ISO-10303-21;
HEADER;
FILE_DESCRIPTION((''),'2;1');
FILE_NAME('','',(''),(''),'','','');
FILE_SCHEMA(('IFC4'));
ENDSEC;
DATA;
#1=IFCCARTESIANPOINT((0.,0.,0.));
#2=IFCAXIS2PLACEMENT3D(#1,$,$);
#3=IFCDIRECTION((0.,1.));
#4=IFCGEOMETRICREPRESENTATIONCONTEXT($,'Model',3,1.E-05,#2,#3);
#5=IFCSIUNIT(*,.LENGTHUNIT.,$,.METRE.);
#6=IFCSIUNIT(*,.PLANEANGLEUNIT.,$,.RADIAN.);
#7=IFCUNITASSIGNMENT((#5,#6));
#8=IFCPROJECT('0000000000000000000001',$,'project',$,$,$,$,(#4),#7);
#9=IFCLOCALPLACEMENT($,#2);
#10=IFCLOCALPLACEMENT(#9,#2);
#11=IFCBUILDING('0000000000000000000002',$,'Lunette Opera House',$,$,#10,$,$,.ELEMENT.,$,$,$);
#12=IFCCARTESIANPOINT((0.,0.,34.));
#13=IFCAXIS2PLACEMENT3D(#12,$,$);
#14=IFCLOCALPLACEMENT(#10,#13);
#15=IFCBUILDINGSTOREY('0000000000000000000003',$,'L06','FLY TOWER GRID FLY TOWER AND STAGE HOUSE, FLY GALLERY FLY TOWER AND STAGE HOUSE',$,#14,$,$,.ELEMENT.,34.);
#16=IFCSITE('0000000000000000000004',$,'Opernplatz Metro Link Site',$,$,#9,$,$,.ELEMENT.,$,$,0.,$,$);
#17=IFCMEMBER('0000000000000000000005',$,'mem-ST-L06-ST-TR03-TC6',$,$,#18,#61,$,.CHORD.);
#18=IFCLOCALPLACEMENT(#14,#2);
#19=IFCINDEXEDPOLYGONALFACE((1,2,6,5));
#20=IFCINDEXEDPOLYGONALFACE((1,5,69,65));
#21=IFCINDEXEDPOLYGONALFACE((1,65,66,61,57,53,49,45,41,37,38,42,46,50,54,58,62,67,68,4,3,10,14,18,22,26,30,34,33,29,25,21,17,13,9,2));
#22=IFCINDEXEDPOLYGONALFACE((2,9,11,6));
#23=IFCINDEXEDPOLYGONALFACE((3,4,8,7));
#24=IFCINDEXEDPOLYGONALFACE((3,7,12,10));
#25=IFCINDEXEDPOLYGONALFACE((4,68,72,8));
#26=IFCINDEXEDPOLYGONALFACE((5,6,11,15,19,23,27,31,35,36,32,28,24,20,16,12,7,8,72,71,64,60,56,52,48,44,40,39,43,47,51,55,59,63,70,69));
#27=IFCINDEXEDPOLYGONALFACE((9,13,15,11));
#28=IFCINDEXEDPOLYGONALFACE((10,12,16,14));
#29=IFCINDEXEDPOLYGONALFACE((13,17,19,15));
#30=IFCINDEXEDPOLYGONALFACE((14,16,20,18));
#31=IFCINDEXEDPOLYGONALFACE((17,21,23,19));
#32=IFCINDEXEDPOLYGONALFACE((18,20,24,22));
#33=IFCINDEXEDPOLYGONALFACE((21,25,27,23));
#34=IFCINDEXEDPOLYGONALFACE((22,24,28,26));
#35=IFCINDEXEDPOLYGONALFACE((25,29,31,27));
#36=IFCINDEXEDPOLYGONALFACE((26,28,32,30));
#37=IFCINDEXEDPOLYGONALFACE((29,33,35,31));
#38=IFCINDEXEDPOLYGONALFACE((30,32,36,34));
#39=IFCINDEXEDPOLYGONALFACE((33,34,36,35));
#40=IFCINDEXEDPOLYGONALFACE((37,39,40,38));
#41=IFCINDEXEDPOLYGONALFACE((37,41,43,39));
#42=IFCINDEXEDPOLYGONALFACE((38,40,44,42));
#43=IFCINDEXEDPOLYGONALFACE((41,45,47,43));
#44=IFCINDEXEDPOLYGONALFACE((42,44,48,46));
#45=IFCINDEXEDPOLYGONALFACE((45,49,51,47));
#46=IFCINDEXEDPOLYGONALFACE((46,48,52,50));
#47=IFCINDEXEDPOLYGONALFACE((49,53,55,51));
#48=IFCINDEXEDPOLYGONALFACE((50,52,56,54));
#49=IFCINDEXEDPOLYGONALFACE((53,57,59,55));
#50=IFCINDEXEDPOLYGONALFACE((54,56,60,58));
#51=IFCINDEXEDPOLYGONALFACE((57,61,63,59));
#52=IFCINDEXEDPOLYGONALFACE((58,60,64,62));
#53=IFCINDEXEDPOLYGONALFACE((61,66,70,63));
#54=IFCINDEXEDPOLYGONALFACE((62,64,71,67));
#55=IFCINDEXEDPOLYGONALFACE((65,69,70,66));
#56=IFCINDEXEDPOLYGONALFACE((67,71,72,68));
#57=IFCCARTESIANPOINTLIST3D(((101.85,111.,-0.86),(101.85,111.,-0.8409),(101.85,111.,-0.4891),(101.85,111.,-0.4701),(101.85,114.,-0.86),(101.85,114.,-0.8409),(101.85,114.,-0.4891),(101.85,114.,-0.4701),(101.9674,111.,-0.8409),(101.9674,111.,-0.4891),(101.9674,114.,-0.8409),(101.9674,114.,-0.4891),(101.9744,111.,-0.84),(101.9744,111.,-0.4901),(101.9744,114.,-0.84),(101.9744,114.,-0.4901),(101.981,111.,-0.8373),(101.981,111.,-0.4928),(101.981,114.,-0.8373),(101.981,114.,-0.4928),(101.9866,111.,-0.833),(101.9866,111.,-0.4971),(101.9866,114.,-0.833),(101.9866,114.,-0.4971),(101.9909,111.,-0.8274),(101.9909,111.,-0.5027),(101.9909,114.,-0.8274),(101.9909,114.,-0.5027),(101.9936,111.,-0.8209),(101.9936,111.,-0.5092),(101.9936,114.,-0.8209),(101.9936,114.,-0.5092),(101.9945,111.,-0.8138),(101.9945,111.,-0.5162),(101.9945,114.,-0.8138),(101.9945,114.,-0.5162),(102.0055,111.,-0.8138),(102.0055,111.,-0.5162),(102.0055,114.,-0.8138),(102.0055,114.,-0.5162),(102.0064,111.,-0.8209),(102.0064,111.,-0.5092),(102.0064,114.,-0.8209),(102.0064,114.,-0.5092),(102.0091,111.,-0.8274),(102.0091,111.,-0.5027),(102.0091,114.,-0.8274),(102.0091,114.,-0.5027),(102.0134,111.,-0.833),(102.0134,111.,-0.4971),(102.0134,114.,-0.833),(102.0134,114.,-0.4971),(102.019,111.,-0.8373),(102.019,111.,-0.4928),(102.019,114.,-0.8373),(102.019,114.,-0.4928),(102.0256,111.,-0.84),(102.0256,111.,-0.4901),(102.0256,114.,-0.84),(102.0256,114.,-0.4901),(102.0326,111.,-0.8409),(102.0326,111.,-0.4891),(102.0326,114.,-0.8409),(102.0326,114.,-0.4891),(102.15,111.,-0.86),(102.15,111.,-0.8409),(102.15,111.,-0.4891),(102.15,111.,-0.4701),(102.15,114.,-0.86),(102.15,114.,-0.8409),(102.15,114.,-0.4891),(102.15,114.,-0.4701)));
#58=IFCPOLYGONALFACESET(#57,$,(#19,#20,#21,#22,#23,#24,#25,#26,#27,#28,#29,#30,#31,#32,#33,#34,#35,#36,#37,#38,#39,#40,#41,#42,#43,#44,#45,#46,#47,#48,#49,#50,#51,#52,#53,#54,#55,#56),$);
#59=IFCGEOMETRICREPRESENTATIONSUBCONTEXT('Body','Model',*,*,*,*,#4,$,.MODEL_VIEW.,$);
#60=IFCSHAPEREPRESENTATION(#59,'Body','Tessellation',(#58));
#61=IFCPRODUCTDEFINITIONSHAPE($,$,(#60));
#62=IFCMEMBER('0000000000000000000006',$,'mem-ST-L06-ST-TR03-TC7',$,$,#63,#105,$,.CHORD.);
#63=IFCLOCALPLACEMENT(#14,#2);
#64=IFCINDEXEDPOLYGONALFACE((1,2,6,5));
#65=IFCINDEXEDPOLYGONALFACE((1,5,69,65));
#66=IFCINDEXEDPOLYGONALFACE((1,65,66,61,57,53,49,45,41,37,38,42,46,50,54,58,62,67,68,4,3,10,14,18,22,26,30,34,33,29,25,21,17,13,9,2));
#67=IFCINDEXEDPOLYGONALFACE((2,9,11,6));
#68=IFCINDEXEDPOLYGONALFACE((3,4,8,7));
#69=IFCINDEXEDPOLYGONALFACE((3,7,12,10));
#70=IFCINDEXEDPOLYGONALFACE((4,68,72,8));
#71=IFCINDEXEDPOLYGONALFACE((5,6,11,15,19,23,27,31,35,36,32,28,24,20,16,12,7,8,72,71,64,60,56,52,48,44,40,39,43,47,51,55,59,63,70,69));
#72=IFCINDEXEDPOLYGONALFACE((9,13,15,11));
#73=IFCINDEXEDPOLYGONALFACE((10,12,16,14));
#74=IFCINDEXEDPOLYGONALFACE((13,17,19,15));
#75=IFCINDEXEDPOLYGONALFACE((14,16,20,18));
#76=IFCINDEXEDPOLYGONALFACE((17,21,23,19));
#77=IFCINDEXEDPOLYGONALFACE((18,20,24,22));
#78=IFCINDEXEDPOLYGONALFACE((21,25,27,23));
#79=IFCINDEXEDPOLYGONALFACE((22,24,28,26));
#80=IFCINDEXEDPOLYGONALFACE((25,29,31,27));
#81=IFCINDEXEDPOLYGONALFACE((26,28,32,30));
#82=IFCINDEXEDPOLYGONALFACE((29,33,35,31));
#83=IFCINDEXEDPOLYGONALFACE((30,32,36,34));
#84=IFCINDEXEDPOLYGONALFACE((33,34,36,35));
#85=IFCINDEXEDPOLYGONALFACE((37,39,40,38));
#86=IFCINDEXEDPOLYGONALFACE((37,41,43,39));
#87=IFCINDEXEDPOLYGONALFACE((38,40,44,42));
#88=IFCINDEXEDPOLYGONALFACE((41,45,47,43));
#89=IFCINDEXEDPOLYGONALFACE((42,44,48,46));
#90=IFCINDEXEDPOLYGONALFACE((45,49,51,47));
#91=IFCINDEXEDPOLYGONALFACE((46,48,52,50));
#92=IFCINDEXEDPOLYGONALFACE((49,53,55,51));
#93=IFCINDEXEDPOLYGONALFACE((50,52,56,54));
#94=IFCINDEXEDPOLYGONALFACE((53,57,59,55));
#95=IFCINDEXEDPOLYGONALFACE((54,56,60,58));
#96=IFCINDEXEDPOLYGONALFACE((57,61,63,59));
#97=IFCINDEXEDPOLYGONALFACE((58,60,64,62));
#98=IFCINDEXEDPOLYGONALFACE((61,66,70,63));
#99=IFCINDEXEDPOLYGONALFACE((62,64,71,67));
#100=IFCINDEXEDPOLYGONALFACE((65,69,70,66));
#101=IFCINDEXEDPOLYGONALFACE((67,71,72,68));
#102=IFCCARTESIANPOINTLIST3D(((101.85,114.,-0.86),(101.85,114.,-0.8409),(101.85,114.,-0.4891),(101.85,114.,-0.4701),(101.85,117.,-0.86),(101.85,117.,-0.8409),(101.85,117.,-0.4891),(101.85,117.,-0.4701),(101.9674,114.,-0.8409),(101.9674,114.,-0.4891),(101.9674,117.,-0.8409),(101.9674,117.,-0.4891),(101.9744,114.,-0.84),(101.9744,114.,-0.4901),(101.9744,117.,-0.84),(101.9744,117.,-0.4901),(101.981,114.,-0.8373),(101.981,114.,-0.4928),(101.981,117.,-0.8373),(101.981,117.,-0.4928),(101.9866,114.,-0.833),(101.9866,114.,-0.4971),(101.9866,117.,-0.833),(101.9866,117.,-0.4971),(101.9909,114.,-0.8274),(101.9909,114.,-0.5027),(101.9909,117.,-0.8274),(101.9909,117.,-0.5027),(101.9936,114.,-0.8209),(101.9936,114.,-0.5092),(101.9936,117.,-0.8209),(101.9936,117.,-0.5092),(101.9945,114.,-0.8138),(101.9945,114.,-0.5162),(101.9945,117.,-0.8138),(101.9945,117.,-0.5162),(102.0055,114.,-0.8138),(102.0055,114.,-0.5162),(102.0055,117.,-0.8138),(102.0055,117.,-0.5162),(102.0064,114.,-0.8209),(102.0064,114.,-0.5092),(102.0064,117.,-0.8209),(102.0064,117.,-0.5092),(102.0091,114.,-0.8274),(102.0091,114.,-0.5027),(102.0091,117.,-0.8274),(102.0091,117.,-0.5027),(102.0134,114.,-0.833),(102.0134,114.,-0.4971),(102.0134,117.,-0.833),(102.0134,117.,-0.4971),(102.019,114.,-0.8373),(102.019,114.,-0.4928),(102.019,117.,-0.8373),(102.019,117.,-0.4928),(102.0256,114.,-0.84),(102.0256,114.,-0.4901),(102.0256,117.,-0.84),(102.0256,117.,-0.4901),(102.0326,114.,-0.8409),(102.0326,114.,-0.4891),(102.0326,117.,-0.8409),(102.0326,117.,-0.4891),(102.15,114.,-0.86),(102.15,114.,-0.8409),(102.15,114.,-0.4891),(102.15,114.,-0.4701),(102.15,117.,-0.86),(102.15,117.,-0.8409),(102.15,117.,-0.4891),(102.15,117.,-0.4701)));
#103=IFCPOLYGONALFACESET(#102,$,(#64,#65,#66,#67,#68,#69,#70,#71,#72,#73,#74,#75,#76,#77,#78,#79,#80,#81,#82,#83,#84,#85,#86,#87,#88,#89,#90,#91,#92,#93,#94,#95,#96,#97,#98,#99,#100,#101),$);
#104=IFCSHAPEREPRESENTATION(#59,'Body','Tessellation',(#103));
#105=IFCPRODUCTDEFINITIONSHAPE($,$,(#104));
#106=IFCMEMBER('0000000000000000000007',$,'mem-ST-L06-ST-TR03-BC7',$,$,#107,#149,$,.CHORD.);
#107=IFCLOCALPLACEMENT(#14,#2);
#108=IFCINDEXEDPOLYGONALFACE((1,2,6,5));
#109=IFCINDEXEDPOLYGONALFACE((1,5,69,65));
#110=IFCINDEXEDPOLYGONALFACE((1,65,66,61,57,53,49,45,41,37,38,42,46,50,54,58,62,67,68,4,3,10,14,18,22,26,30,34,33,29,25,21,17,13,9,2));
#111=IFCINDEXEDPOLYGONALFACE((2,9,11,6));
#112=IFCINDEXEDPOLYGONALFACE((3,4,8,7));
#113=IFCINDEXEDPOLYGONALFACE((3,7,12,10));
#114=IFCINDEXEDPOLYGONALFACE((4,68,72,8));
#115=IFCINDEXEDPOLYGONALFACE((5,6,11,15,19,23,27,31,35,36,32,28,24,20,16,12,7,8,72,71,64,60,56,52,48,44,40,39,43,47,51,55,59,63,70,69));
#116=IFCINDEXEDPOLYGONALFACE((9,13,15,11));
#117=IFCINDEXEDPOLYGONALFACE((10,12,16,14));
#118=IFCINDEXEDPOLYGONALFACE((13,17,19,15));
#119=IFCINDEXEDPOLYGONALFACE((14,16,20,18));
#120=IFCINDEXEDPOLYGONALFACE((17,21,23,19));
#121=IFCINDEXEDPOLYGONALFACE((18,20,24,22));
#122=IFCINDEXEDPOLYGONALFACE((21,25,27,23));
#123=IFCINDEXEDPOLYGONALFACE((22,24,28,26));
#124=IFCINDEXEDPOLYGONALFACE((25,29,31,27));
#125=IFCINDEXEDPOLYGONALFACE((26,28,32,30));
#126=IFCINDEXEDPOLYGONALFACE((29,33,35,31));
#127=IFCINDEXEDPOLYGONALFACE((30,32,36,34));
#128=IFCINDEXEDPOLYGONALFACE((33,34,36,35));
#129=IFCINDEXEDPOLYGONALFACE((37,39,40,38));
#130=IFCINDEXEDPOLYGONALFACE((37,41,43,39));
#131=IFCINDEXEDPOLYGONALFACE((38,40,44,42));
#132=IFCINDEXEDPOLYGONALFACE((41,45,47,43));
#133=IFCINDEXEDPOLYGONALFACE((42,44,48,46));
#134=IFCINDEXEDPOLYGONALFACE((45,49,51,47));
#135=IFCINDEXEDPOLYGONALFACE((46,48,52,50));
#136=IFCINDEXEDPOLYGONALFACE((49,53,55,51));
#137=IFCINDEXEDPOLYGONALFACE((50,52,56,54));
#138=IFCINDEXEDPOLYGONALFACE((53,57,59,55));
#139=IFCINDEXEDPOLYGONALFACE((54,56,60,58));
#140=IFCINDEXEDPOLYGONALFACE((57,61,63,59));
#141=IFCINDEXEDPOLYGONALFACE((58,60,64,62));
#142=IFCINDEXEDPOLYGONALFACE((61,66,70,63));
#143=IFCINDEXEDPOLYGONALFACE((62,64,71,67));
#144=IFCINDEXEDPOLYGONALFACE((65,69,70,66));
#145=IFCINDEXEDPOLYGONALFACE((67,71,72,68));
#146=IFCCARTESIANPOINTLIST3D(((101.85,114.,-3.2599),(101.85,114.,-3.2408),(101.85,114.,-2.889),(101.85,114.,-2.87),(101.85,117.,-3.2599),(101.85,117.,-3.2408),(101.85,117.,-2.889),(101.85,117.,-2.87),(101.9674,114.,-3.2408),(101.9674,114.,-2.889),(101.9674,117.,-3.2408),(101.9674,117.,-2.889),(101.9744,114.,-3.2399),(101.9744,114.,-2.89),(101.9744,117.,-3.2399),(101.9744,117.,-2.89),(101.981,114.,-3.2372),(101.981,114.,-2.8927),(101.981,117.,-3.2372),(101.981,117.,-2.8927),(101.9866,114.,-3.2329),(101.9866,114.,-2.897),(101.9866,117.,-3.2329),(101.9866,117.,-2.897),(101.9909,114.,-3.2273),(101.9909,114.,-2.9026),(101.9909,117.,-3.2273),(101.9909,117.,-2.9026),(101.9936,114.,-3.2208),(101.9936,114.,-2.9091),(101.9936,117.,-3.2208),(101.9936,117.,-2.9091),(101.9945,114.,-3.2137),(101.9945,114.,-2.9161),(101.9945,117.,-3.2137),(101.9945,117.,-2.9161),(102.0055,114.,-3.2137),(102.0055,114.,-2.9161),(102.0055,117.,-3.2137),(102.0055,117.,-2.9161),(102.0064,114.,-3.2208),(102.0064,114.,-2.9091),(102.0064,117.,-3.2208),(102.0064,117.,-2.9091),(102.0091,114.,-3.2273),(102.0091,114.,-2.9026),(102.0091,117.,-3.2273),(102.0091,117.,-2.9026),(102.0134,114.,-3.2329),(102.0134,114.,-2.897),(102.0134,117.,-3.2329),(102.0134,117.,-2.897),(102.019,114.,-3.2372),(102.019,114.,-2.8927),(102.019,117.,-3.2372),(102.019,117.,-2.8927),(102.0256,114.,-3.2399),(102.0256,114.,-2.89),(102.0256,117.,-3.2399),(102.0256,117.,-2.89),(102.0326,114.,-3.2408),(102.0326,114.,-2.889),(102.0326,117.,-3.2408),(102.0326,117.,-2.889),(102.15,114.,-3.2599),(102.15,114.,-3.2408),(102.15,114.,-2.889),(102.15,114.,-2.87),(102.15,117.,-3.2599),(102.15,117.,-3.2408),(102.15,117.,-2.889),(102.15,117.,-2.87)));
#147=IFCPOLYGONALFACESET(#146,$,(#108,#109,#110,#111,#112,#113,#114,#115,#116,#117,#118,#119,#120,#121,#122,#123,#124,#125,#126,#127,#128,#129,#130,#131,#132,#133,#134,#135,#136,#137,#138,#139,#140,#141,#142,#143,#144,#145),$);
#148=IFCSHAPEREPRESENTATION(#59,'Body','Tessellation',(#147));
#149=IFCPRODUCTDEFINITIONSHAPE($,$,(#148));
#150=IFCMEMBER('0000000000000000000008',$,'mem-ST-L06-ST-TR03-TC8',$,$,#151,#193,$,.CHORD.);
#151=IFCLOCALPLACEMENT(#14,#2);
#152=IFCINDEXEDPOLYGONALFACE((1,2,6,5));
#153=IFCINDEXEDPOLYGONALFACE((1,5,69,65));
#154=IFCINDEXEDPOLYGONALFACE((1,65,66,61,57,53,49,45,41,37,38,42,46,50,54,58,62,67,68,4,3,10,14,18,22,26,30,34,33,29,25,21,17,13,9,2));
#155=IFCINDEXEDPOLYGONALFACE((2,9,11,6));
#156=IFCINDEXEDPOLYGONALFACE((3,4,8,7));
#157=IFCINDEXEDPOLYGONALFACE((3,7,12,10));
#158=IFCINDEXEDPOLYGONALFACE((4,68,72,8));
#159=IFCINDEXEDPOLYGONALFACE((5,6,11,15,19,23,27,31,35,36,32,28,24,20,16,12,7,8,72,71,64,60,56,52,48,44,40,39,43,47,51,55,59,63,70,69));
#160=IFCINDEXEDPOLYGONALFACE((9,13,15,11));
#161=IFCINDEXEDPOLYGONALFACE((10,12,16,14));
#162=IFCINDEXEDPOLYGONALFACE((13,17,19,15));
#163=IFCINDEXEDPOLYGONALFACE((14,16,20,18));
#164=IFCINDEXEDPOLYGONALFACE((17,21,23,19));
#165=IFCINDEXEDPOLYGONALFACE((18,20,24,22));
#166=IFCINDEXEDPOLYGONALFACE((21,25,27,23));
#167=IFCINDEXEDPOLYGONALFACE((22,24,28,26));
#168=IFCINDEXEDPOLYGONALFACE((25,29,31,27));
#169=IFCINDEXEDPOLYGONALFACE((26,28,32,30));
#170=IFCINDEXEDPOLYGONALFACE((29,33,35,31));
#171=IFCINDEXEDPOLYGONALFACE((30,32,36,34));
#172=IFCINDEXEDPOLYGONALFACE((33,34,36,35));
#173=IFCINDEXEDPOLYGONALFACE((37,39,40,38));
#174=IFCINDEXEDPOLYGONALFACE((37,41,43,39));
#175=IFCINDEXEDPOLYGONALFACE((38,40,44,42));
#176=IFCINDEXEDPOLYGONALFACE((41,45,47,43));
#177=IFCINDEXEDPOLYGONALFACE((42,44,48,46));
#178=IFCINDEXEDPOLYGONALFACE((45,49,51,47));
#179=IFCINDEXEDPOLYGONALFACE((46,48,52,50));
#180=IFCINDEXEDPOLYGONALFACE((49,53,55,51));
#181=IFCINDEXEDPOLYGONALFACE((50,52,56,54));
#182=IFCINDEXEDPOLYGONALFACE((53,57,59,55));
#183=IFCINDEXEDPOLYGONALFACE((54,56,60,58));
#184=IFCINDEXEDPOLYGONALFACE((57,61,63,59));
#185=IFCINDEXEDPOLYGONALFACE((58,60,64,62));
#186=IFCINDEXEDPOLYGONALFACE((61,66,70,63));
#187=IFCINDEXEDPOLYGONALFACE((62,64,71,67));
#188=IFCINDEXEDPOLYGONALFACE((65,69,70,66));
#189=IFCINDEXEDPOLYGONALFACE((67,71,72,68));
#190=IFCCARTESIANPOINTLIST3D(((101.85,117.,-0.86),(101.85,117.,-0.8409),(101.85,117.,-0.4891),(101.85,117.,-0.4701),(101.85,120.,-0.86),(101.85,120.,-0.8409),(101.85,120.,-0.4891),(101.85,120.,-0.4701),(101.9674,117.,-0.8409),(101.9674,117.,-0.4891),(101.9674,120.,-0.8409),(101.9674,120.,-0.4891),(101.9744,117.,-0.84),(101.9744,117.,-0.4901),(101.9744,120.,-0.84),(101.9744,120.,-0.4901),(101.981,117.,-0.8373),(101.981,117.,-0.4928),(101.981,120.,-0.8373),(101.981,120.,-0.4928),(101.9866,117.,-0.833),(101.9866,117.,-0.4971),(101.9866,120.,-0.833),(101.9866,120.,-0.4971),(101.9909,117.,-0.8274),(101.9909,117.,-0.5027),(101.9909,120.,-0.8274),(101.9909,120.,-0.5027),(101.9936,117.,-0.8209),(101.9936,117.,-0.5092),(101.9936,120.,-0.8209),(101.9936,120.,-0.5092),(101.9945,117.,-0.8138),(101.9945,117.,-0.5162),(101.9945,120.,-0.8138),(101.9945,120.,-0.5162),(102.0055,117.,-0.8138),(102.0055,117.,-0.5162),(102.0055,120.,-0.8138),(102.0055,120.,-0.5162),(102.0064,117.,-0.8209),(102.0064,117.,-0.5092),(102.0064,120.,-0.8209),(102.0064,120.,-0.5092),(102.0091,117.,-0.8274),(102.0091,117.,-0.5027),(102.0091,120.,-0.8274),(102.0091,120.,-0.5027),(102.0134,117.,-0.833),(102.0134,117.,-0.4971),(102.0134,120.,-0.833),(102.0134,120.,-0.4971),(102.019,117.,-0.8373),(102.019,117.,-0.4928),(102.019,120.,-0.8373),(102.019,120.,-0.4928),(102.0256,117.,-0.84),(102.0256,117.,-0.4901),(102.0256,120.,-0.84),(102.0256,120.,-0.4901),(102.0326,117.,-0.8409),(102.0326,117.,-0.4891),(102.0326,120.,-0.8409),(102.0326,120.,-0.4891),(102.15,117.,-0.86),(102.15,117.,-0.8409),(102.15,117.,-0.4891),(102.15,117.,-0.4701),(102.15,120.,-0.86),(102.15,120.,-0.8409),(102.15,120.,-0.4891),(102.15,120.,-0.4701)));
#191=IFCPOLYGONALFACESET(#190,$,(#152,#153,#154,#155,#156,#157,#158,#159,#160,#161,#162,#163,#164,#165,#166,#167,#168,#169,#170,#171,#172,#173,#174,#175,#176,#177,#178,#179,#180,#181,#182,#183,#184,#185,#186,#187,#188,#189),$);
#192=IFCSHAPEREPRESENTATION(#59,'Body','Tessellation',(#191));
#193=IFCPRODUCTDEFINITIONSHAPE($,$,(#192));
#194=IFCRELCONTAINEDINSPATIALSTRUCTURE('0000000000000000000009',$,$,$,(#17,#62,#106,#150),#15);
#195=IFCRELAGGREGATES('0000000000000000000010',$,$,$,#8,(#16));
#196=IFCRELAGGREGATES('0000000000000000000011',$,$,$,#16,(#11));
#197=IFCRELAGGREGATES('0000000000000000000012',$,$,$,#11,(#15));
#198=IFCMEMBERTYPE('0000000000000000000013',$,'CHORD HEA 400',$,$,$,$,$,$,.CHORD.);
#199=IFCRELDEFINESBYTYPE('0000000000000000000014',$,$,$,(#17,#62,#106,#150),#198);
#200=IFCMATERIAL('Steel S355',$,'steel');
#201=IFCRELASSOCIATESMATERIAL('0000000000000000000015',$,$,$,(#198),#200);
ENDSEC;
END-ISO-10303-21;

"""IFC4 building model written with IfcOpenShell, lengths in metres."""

from ifc_helpers import new_model, si_unit, direction, frame, origin, origin_2d, place, context, subcontext, project, spatial, i_section, extrude, material, material_profile, profile_set, type_object, element, save


model = new_model("IFC4")

# Units and contexts
model_context = context("Model", 3, precision=1e-05, world=origin(), true_north=direction((0.0, 1.0)))
body_context = subcontext(model_context, "Body", "Model", "MODEL_VIEW")
ifc_project = project(units=[si_unit("LENGTHUNIT", "METRE"), si_unit("PLANEANGLEUNIT", "RADIAN")], contexts=[model_context])

# Site, building, storey
site_placement = place(None, origin())
site = spatial("IfcSite", under=ifc_project, at=site_placement, Name="Opernplatz Metro Link Site", CompositionType="ELEMENT", RefElevation=0.0)
building_placement = place(site_placement, origin())
building = spatial("IfcBuilding", under=site, at=building_placement, Name="Lunette Opera House", CompositionType="ELEMENT")
storey_placement = place(building_placement, frame((0.0, 0.0, 34.0)))
storey = spatial("IfcBuildingStorey", under=building, at=storey_placement, Name="L06", Description="FLY TOWER GRID FLY TOWER AND STAGE HOUSE, FLY GALLERY FLY TOWER AND STAGE HOUSE", CompositionType="ELEMENT", Elevation=34.0)

# Members
ifc_material_1 = material(Name="Steel S355", Category="steel")
ifc_material_profile_1 = material_profile(ifc_material_1, i_section(OverallWidth=0.3, OverallDepth=0.3899, WebThickness=0.011, FlangeThickness=0.019, FilletRadius=0.0271, at=origin_2d()), Name="HEA 400")
ifc_profile_set_1 = profile_set([ifc_material_profile_1], Name="Steel S355")
member_type_1 = type_object("IfcMemberType", Name="CHORD HEA 400", PredefinedType="CHORD", material=ifc_profile_set_1)
for number, where, z_axis, x_axis, name in (
    (1, (102.0, 111.0, -0.665), (0.0, 1.0, 0.0), (-1.0, 0.0, 0.0), "mem-ST-L06-ST-TR03-TC6"),
    (2, (102.0, 114.0, -0.665), (0.0, 1.0, 0.0), (-1.0, 0.0, 0.0), "mem-ST-L06-ST-TR03-TC7"),
    (3, (102.0, 114.0, -3.0649), (0.0, 1.0, 0.0), (-1.0, 0.0, 0.0), "mem-ST-L06-ST-TR03-BC7"),
    (4, (102.0, 117.0, -0.665), (0.0, 1.0, 0.0), (-1.0, 0.0, 0.0), "mem-ST-L06-ST-TR03-TC8"),
):
    element("IfcMember", number, at=place(storey_placement, frame(where, z_axis=z_axis, x_axis=x_axis)), inside=storey, type_object=member_type_1, Name=name, PredefinedType="CHORD", context=body_context, shape_type="SweptSolid", body=[
        extrude(i_section(OverallWidth=0.3, OverallDepth=0.3899, WebThickness=0.011, FlangeThickness=0.019, FilletRadius=0.0271, at=origin_2d()), origin(), (0.0, 0.0, 1.0), 3.0),
    ])

save(model, "model.ifc")
